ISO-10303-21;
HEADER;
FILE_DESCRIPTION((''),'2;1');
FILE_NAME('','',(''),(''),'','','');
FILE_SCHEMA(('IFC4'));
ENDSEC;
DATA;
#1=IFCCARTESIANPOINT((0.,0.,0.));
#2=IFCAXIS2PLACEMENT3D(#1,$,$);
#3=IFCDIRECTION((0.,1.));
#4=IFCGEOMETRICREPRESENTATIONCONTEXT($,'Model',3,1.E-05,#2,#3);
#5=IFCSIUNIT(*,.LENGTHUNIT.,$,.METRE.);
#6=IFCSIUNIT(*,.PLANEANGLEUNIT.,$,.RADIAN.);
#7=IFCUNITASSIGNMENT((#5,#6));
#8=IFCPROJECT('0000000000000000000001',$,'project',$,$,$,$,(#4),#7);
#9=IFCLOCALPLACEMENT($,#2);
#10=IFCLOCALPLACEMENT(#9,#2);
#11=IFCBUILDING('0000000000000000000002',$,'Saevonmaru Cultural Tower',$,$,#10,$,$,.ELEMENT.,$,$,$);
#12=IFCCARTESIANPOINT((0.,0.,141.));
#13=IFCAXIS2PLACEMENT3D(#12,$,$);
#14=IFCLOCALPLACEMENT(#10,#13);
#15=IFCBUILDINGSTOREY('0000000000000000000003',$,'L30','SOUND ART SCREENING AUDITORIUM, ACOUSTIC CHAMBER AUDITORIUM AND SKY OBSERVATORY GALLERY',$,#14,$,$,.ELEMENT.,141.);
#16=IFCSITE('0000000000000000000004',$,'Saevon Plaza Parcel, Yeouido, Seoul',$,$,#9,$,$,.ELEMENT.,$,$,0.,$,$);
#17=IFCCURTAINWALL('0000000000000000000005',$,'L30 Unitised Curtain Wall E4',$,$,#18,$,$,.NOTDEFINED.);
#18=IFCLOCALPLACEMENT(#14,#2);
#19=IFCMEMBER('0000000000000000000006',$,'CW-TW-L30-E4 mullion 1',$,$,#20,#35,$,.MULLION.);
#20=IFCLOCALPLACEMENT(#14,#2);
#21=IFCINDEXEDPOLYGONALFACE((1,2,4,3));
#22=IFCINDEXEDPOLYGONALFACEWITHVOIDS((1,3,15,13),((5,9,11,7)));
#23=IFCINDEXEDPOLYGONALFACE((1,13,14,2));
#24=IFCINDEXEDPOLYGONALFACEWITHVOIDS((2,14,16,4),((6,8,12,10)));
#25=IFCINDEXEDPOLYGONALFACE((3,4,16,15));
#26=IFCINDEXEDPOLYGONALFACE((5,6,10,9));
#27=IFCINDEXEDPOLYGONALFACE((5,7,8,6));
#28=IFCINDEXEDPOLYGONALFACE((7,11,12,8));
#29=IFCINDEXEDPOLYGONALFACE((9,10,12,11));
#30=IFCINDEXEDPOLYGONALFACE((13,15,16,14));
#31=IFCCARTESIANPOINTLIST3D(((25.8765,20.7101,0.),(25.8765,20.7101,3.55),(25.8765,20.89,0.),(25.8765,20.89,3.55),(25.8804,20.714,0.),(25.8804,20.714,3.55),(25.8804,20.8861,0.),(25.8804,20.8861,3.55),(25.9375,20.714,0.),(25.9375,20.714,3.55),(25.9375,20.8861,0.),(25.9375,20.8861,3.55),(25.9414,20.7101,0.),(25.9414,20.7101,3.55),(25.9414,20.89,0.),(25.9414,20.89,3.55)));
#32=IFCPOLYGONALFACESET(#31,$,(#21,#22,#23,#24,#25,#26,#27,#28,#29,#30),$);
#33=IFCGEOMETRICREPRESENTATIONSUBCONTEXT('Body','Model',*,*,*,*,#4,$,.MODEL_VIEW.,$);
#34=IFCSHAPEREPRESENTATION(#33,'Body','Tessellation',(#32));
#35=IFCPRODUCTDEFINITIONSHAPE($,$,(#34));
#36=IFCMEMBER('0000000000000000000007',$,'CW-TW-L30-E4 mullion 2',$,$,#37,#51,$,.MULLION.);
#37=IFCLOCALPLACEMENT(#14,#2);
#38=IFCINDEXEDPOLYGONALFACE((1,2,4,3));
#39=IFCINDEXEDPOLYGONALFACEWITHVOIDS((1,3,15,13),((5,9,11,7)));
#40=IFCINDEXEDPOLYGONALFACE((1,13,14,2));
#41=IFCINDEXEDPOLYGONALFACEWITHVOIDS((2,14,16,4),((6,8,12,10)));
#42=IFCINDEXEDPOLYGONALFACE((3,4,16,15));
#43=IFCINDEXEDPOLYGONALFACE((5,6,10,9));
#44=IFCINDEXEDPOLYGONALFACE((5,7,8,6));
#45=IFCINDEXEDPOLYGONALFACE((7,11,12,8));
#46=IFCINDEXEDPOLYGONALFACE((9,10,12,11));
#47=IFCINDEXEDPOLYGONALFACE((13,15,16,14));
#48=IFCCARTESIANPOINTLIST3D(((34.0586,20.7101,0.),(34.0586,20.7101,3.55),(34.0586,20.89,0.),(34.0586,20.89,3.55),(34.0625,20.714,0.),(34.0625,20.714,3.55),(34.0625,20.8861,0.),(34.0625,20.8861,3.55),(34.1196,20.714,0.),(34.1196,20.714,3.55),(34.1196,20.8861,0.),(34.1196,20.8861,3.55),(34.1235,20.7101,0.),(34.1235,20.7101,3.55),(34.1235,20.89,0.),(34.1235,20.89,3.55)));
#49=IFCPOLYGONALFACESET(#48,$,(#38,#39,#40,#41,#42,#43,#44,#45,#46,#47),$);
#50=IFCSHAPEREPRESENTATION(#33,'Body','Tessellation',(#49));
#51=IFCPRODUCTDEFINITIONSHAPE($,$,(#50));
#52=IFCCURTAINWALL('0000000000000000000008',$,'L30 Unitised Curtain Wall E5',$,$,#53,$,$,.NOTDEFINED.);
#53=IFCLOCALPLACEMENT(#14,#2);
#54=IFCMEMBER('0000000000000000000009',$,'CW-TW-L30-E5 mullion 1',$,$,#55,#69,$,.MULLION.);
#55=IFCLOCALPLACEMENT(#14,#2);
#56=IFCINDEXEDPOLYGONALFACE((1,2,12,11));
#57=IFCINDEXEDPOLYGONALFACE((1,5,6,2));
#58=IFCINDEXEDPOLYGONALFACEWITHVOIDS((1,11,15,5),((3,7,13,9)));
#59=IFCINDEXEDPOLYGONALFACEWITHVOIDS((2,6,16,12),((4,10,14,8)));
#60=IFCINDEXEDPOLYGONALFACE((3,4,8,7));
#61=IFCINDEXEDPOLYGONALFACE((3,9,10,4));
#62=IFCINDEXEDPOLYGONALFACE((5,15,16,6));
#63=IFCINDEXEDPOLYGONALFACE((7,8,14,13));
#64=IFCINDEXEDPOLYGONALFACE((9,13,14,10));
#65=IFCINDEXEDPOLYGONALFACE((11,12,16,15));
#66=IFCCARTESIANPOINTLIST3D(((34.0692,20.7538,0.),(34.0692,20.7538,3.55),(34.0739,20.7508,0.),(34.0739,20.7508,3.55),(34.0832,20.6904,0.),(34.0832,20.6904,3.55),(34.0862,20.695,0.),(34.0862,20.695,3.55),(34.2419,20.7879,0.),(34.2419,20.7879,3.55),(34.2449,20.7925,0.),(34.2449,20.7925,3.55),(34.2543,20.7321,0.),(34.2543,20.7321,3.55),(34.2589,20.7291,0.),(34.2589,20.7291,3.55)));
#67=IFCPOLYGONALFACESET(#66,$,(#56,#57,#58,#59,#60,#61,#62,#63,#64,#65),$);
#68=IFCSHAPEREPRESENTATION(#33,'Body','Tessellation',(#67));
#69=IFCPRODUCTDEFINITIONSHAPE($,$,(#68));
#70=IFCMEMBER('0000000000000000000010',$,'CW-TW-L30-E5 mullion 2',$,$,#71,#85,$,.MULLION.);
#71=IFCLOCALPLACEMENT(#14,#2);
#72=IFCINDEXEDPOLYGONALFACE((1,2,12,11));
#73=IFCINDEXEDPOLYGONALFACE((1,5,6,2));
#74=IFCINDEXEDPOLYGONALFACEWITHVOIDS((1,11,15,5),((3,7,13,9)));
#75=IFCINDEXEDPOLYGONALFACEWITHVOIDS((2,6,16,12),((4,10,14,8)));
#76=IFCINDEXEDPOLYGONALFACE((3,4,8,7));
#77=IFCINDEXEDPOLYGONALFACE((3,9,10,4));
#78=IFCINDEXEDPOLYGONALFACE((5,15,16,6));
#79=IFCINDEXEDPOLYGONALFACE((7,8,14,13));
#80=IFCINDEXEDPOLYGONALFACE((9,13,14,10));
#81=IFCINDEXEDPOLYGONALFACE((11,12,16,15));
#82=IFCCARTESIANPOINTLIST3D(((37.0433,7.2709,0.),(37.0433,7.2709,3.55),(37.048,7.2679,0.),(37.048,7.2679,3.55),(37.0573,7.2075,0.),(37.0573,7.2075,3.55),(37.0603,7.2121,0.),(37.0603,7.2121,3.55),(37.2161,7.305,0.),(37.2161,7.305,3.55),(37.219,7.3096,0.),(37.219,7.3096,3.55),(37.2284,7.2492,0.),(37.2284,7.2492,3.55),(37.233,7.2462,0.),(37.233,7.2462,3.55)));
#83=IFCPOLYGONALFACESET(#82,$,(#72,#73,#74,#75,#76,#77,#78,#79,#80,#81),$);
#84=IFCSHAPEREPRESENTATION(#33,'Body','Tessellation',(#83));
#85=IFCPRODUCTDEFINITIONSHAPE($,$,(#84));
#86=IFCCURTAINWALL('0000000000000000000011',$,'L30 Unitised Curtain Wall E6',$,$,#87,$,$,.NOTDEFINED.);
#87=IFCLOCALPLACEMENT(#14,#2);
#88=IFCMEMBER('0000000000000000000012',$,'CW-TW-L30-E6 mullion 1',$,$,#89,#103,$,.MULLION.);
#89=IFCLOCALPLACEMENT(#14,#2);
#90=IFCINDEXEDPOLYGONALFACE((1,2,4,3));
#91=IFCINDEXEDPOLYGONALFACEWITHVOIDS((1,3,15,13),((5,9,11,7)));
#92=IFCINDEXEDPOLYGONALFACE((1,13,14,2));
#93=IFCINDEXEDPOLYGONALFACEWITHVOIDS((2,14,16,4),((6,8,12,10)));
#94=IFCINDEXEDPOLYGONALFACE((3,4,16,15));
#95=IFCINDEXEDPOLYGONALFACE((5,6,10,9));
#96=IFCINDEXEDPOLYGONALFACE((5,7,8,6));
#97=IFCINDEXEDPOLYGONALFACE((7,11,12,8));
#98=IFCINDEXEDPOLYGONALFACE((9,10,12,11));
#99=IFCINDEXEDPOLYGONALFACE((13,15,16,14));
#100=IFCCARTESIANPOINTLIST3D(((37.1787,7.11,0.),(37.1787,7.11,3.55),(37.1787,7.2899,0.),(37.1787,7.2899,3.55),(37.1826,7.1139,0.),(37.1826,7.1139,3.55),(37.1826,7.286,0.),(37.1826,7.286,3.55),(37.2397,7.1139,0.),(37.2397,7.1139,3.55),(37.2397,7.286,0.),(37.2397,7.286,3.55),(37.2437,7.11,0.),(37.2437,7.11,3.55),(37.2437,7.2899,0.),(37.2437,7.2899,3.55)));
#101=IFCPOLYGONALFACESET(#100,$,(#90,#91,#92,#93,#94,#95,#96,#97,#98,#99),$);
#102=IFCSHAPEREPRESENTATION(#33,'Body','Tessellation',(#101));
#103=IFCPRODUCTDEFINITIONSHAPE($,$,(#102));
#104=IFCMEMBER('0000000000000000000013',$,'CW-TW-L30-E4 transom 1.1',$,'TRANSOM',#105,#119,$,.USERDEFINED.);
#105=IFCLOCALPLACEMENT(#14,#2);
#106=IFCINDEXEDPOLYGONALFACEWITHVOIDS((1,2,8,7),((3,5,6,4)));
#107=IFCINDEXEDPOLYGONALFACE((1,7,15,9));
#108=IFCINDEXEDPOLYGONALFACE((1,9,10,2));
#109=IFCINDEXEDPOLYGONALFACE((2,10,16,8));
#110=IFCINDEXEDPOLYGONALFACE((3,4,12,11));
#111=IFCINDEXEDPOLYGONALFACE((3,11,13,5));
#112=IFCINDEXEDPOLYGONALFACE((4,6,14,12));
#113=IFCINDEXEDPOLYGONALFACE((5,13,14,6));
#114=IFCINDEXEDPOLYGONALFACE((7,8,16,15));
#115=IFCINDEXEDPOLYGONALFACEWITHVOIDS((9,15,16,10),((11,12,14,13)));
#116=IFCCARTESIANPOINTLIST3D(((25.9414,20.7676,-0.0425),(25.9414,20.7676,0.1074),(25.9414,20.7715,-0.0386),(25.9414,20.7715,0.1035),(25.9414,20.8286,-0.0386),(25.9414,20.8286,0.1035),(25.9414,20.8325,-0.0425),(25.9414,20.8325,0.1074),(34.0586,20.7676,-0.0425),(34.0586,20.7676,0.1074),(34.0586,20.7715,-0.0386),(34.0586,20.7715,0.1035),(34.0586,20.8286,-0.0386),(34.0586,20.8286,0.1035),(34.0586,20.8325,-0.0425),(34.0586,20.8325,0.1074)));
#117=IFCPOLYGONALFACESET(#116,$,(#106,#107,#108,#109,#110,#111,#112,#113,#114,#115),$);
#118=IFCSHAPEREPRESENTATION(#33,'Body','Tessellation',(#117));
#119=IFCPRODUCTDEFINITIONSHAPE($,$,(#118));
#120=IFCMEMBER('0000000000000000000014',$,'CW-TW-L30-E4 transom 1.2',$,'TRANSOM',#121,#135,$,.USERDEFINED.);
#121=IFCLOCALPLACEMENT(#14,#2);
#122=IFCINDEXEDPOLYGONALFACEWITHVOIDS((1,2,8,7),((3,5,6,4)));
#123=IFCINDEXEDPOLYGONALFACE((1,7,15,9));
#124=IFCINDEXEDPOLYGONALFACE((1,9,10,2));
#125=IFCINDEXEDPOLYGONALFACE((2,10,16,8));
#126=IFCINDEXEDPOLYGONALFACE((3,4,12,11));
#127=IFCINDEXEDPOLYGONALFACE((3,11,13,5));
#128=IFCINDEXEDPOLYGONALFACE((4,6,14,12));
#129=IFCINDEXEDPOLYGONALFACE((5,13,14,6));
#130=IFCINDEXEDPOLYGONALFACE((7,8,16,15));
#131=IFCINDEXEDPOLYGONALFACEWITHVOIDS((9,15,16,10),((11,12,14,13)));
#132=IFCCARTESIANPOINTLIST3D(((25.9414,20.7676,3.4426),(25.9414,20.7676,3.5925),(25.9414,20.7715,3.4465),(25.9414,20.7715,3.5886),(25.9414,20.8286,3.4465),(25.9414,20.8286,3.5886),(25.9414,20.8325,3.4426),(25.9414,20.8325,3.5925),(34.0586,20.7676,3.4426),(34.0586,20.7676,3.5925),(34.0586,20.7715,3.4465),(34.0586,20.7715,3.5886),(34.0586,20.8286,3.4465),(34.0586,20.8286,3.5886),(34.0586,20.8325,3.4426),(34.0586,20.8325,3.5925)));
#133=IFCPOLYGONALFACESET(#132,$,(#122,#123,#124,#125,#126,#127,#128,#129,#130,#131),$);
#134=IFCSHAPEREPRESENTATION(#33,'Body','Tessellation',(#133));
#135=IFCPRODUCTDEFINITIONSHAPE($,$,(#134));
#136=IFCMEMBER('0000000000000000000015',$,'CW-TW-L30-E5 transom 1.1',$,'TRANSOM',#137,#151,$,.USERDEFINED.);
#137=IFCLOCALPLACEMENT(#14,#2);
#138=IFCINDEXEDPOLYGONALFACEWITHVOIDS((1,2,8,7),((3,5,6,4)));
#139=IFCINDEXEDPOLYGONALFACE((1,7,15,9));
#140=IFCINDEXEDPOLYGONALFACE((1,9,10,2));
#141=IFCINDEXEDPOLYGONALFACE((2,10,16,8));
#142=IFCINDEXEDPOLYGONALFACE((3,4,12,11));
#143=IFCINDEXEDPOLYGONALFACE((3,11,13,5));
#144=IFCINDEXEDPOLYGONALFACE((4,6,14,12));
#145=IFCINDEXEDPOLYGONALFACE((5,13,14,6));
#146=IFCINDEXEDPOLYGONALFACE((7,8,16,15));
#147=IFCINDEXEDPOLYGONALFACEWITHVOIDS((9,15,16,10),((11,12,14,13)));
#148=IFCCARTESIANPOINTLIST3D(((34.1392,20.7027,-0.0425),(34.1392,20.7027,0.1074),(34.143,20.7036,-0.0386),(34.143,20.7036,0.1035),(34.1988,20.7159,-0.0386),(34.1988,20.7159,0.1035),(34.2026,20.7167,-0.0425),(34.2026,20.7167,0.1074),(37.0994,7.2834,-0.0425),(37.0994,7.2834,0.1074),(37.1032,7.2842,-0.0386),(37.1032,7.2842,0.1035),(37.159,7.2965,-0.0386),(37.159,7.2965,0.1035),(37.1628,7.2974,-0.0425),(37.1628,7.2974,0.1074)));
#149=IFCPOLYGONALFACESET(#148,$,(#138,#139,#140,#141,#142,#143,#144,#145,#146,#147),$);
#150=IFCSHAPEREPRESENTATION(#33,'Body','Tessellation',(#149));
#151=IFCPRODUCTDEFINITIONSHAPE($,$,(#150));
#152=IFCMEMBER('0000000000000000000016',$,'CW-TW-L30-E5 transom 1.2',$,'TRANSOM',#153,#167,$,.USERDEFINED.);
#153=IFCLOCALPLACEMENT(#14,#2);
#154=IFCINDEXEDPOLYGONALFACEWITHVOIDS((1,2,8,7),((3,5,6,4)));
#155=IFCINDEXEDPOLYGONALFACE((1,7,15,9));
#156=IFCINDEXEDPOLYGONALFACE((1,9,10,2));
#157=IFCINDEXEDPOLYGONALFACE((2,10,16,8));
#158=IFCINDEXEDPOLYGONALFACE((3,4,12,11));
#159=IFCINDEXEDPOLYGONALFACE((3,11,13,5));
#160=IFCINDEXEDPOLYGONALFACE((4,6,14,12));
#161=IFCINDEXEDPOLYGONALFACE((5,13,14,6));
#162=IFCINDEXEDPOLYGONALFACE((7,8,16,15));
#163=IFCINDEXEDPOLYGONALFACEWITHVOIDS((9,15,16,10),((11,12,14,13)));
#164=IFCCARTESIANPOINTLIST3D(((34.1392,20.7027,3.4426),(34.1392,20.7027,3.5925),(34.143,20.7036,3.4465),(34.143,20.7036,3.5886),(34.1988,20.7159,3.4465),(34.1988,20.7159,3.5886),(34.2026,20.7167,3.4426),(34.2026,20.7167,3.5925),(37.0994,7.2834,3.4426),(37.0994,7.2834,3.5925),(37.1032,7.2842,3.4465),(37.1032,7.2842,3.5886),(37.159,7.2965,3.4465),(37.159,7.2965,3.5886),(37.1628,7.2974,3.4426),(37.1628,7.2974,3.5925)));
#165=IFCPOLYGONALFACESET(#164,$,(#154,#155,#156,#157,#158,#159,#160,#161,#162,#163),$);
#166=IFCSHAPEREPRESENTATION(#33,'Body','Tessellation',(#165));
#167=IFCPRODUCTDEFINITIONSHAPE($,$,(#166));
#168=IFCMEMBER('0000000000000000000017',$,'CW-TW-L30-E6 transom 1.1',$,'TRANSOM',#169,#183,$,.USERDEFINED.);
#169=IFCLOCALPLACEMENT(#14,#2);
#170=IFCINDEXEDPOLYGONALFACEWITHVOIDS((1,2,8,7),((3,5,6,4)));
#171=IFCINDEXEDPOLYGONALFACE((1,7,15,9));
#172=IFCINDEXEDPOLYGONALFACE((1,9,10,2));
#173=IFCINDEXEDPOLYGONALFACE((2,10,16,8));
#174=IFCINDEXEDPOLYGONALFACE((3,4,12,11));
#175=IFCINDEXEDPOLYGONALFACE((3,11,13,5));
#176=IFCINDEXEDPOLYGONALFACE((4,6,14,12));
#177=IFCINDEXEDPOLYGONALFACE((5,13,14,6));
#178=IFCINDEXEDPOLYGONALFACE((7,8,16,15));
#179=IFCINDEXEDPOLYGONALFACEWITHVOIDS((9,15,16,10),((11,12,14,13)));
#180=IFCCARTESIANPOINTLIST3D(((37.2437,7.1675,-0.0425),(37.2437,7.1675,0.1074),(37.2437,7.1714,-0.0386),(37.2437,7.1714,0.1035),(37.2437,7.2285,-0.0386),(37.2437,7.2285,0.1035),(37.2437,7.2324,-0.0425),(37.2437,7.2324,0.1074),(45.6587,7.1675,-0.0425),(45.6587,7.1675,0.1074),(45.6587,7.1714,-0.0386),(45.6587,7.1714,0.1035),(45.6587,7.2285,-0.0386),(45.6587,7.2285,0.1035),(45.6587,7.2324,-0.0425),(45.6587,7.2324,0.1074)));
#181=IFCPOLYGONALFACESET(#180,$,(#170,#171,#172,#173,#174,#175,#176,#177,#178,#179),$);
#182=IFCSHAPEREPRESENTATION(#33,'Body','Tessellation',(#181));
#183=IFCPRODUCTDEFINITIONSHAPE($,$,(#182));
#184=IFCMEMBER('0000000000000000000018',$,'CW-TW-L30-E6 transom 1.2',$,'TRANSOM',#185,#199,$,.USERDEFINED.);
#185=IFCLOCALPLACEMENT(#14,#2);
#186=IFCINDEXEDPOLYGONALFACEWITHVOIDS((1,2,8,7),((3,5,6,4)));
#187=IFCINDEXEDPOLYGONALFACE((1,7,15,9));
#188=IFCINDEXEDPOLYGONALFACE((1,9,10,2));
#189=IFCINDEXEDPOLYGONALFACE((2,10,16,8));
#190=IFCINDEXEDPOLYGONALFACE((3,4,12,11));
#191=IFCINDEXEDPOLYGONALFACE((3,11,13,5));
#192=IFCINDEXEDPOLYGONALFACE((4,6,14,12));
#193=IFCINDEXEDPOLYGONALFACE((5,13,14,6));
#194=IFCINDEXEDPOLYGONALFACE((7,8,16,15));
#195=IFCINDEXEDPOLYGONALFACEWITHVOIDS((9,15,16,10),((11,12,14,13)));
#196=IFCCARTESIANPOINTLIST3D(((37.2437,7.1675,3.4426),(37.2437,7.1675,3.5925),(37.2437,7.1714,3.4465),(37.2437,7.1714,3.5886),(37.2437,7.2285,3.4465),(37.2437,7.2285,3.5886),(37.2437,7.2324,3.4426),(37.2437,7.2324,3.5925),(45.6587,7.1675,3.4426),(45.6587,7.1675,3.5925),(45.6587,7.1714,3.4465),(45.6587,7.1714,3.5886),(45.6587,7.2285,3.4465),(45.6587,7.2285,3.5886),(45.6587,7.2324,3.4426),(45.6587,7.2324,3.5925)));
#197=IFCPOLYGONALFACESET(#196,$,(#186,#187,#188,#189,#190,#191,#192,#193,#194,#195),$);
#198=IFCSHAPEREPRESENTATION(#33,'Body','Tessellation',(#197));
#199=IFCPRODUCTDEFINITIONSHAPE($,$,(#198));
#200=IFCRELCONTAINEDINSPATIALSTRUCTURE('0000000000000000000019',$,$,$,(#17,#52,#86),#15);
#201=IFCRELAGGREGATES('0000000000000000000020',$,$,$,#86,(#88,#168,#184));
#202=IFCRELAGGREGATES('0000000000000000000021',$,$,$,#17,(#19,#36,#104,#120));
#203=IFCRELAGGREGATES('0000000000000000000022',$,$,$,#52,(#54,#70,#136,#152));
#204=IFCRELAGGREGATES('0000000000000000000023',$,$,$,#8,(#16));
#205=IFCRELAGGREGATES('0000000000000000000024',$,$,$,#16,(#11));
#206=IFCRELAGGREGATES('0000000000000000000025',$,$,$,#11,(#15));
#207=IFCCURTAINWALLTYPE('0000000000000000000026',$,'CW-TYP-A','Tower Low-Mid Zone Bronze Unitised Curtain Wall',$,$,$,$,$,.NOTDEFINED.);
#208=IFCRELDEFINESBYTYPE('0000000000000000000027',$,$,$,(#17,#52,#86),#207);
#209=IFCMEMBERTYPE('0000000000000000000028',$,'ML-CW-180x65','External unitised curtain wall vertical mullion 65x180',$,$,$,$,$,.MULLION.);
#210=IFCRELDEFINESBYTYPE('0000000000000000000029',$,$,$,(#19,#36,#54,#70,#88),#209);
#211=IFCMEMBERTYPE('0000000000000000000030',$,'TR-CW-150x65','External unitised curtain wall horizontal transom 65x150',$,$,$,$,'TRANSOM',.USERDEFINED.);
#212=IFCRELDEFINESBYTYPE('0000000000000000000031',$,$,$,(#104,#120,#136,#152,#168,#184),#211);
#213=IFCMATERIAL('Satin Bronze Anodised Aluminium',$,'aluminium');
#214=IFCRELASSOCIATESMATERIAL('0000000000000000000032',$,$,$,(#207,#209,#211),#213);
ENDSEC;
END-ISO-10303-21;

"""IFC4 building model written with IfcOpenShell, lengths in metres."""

from ifc_helpers import new_model, si_unit, direction, frame, origin, origin_2d, place, context, subcontext, project, spatial, hollow_rectangle, extrude, material, material_profile, profile_set, type_object, element, aggregate, save


model = new_model("IFC4")

# Units and contexts
model_context = context("Model", 3, precision=1e-05, world=origin(), true_north=direction((0.0, 1.0)))
body_context = subcontext(model_context, "Body", "Model", "MODEL_VIEW")
ifc_project = project(units=[si_unit("LENGTHUNIT", "METRE"), si_unit("PLANEANGLEUNIT", "RADIAN")], contexts=[model_context])

# Site, building, storey
site_placement = place(None, origin())
site = spatial("IfcSite", under=ifc_project, at=site_placement, Name="Saevon Plaza Parcel, Yeouido, Seoul", CompositionType="ELEMENT", RefElevation=0.0)
building_placement = place(site_placement, origin())
building = spatial("IfcBuilding", under=site, at=building_placement, Name="Saevonmaru Cultural Tower", CompositionType="ELEMENT")
storey_placement = place(building_placement, frame((0.0, 0.0, 141.0)))
storey = spatial("IfcBuildingStorey", under=building, at=storey_placement, Name="L30", Description="SOUND ART SCREENING AUDITORIUM, ACOUSTIC CHAMBER AUDITORIUM AND SKY OBSERVATORY GALLERY", CompositionType="ELEMENT", Elevation=141.0)

# Shared definitions
ifc_material_1 = material(Name="Satin Bronze Anodised Aluminium", Category="aluminium")
curtain_wall_type_1 = type_object("IfcCurtainWallType", Name="CW-TYP-A", Description="Tower Low-Mid Zone Bronze Unitised Curtain Wall", PredefinedType="NOTDEFINED", material=ifc_material_1)
ifc_material_profile_1 = material_profile(ifc_material_1, hollow_rectangle(XDim=0.0649, YDim=0.1799, WallThickness=0.0039, at=origin_2d()), Name="ALU-MULL-180x65x4")
ifc_profile_set_1 = profile_set([ifc_material_profile_1], Name="Satin Bronze Anodised Aluminium")
member_type_1 = type_object("IfcMemberType", Name="ML-CW-180x65", Description="External unitised curtain wall vertical mullion 65x180", PredefinedType="MULLION", material=ifc_profile_set_1)

# Curtain walls, members
curtain_wall_1_placement = place(storey_placement, origin())
curtain_wall_1 = element("IfcCurtainWall", 1, at=curtain_wall_1_placement, inside=storey, type_object=curtain_wall_type_1, Name="L30 Unitised Curtain Wall E4", PredefinedType="NOTDEFINED")
member_1_placement = place(storey_placement, frame((25.9089, 20.8, 0.0), z_axis=(0.0, 0.0, 1.0), x_axis=(1.0, 0.0, 0.0)))
member_1 = element("IfcMember", 2, at=member_1_placement, type_object=member_type_1, Name="CW-TW-L30-E4 mullion 1", PredefinedType="MULLION", context=body_context, shape_type="SweptSolid", body=[
    extrude(hollow_rectangle(XDim=0.0649, YDim=0.1799, WallThickness=0.0039, at=origin_2d()), origin(), (0.0, 0.0, 1.0), 3.55),
])
member_2_placement = place(storey_placement, frame((34.0911, 20.8, 0.0), z_axis=(0.0, 0.0, 1.0), x_axis=(1.0, 0.0, 0.0)))
member_2 = element("IfcMember", 3, at=member_2_placement, type_object=member_type_1, Name="CW-TW-L30-E4 mullion 2", PredefinedType="MULLION", context=body_context, shape_type="SweptSolid", body=[
    extrude(hollow_rectangle(XDim=0.0649, YDim=0.1799, WallThickness=0.0039, at=origin_2d()), origin(), (0.0, 0.0, 1.0), 3.55),
])
curtain_wall_2_placement = place(storey_placement, origin())
curtain_wall_2 = element("IfcCurtainWall", 4, at=curtain_wall_2_placement, inside=storey, type_object=curtain_wall_type_1, Name="L30 Unitised Curtain Wall E5", PredefinedType="NOTDEFINED")
member_3_placement = place(storey_placement, frame((34.1641, 20.7415, 0.0), z_axis=(0.0, 0.0, 1.0), x_axis=(0.215413, -0.976523, 0.0)))
member_3 = element("IfcMember", 5, at=member_3_placement, type_object=member_type_1, Name="CW-TW-L30-E5 mullion 1", PredefinedType="MULLION", context=body_context, shape_type="SweptSolid", body=[
    extrude(hollow_rectangle(XDim=0.0649, YDim=0.1799, WallThickness=0.0039, at=origin_2d()), origin(), (0.0, 0.0, 1.0), 3.55),
])
member_4_placement = place(storey_placement, frame((37.1382, 7.2585, 0.0), z_axis=(0.0, 0.0, 1.0), x_axis=(0.215413, -0.976523, 0.0)))
member_4 = element("IfcMember", 6, at=member_4_placement, type_object=member_type_1, Name="CW-TW-L30-E5 mullion 2", PredefinedType="MULLION", context=body_context, shape_type="SweptSolid", body=[
    extrude(hollow_rectangle(XDim=0.0649, YDim=0.1799, WallThickness=0.0039, at=origin_2d()), origin(), (0.0, 0.0, 1.0), 3.55),
])

# Curtain wall, member
curtain_wall_3_placement = place(storey_placement, origin())
curtain_wall_3 = element("IfcCurtainWall", 7, at=curtain_wall_3_placement, inside=storey, type_object=curtain_wall_type_1, Name="L30 Unitised Curtain Wall E6", PredefinedType="NOTDEFINED")
member_5_placement = place(storey_placement, frame((37.2112, 7.2, 0.0), z_axis=(0.0, 0.0, 1.0), x_axis=(1.0, 0.0, 0.0)))
member_5 = element("IfcMember", 8, at=member_5_placement, type_object=member_type_1, Name="CW-TW-L30-E6 mullion 1", PredefinedType="MULLION", context=body_context, shape_type="SweptSolid", body=[
    extrude(hollow_rectangle(XDim=0.0649, YDim=0.1799, WallThickness=0.0039, at=origin_2d()), origin(), (0.0, 0.0, 1.0), 3.55),
])

# Members
ifc_material_profile_2 = material_profile(ifc_material_1, hollow_rectangle(XDim=0.0649, YDim=0.1499, WallThickness=0.0039, at=origin_2d()), Name="ALU-TRAN-150x65x4")
ifc_profile_set_2 = profile_set([ifc_material_profile_2], Name="Satin Bronze Anodised Aluminium")
member_type_2 = type_object("IfcMemberType", Name="TR-CW-150x65", Description="External unitised curtain wall horizontal transom 65x150", ElementType="TRANSOM", PredefinedType="USERDEFINED", material=ifc_profile_set_2)
member_6_placement = place(storey_placement, frame((25.9414, 20.8, 0.0325), z_axis=(1.0, 0.0, 0.0), x_axis=(0.0, 1.0, 0.0)))
member_6 = element("IfcMember", 9, at=member_6_placement, type_object=member_type_2, Name="CW-TW-L30-E4 transom 1.1", ObjectType="TRANSOM", PredefinedType="USERDEFINED", context=body_context, shape_type="SweptSolid", body=[
    extrude(hollow_rectangle(XDim=0.0649, YDim=0.1499, WallThickness=0.0039, at=origin_2d()), origin(), (0.0, 0.0, 1.0), 8.1172),
])
member_7_placement = place(storey_placement, frame((25.9414, 20.8, 3.5176), z_axis=(1.0, 0.0, 0.0), x_axis=(0.0, 1.0, 0.0)))
member_7 = element("IfcMember", 10, at=member_7_placement, type_object=member_type_2, Name="CW-TW-L30-E4 transom 1.2", ObjectType="TRANSOM", PredefinedType="USERDEFINED", context=body_context, shape_type="SweptSolid", body=[
    extrude(hollow_rectangle(XDim=0.0649, YDim=0.1499, WallThickness=0.0039, at=origin_2d()), origin(), (0.0, 0.0, 1.0), 8.1172),
])
member_8_placement = place(storey_placement, frame((34.1709, 20.7097, 0.0325), z_axis=(0.215412, -0.976523, 0.0), x_axis=(0.976523, 0.215412, 0.0)))
member_8 = element("IfcMember", 11, at=member_8_placement, type_object=member_type_2, Name="CW-TW-L30-E5 transom 1.1", ObjectType="TRANSOM", PredefinedType="USERDEFINED", context=body_context, shape_type="SweptSolid", body=[
    extrude(hollow_rectangle(XDim=0.0649, YDim=0.1499, WallThickness=0.0039, at=origin_2d()), origin(), (0.0, 0.0, 1.0), 13.7419),
])
member_9_placement = place(storey_placement, frame((34.1709, 20.7097, 3.5176), z_axis=(0.215412, -0.976523, 0.0), x_axis=(0.976523, 0.215412, 0.0)))
member_9 = element("IfcMember", 12, at=member_9_placement, type_object=member_type_2, Name="CW-TW-L30-E5 transom 1.2", ObjectType="TRANSOM", PredefinedType="USERDEFINED", context=body_context, shape_type="SweptSolid", body=[
    extrude(hollow_rectangle(XDim=0.0649, YDim=0.1499, WallThickness=0.0039, at=origin_2d()), origin(), (0.0, 0.0, 1.0), 13.7419),
])
member_10_placement = place(storey_placement, frame((37.2437, 7.2, 0.0325), z_axis=(1.0, 0.0, 0.0), x_axis=(0.0, 1.0, 0.0)))
member_10 = element("IfcMember", 13, at=member_10_placement, type_object=member_type_2, Name="CW-TW-L30-E6 transom 1.1", ObjectType="TRANSOM", PredefinedType="USERDEFINED", context=body_context, shape_type="SweptSolid", body=[
    extrude(hollow_rectangle(XDim=0.0649, YDim=0.1499, WallThickness=0.0039, at=origin_2d()), origin(), (0.0, 0.0, 1.0), 8.415),
])
member_11_placement = place(storey_placement, frame((37.2437, 7.2, 3.5176), z_axis=(1.0, 0.0, 0.0), x_axis=(0.0, 1.0, 0.0)))
member_11 = element("IfcMember", 14, at=member_11_placement, type_object=member_type_2, Name="CW-TW-L30-E6 transom 1.2", ObjectType="TRANSOM", PredefinedType="USERDEFINED", context=body_context, shape_type="SweptSolid", body=[
    extrude(hollow_rectangle(XDim=0.0649, YDim=0.1499, WallThickness=0.0039, at=origin_2d()), origin(), (0.0, 0.0, 1.0), 8.415),
])
aggregate(curtain_wall_3, [member_5, member_10, member_11])

aggregate(curtain_wall_1, [member_1, member_2, member_6, member_7])
aggregate(curtain_wall_2, [member_3, member_4, member_8, member_9])

save(model, "model.ifc")
